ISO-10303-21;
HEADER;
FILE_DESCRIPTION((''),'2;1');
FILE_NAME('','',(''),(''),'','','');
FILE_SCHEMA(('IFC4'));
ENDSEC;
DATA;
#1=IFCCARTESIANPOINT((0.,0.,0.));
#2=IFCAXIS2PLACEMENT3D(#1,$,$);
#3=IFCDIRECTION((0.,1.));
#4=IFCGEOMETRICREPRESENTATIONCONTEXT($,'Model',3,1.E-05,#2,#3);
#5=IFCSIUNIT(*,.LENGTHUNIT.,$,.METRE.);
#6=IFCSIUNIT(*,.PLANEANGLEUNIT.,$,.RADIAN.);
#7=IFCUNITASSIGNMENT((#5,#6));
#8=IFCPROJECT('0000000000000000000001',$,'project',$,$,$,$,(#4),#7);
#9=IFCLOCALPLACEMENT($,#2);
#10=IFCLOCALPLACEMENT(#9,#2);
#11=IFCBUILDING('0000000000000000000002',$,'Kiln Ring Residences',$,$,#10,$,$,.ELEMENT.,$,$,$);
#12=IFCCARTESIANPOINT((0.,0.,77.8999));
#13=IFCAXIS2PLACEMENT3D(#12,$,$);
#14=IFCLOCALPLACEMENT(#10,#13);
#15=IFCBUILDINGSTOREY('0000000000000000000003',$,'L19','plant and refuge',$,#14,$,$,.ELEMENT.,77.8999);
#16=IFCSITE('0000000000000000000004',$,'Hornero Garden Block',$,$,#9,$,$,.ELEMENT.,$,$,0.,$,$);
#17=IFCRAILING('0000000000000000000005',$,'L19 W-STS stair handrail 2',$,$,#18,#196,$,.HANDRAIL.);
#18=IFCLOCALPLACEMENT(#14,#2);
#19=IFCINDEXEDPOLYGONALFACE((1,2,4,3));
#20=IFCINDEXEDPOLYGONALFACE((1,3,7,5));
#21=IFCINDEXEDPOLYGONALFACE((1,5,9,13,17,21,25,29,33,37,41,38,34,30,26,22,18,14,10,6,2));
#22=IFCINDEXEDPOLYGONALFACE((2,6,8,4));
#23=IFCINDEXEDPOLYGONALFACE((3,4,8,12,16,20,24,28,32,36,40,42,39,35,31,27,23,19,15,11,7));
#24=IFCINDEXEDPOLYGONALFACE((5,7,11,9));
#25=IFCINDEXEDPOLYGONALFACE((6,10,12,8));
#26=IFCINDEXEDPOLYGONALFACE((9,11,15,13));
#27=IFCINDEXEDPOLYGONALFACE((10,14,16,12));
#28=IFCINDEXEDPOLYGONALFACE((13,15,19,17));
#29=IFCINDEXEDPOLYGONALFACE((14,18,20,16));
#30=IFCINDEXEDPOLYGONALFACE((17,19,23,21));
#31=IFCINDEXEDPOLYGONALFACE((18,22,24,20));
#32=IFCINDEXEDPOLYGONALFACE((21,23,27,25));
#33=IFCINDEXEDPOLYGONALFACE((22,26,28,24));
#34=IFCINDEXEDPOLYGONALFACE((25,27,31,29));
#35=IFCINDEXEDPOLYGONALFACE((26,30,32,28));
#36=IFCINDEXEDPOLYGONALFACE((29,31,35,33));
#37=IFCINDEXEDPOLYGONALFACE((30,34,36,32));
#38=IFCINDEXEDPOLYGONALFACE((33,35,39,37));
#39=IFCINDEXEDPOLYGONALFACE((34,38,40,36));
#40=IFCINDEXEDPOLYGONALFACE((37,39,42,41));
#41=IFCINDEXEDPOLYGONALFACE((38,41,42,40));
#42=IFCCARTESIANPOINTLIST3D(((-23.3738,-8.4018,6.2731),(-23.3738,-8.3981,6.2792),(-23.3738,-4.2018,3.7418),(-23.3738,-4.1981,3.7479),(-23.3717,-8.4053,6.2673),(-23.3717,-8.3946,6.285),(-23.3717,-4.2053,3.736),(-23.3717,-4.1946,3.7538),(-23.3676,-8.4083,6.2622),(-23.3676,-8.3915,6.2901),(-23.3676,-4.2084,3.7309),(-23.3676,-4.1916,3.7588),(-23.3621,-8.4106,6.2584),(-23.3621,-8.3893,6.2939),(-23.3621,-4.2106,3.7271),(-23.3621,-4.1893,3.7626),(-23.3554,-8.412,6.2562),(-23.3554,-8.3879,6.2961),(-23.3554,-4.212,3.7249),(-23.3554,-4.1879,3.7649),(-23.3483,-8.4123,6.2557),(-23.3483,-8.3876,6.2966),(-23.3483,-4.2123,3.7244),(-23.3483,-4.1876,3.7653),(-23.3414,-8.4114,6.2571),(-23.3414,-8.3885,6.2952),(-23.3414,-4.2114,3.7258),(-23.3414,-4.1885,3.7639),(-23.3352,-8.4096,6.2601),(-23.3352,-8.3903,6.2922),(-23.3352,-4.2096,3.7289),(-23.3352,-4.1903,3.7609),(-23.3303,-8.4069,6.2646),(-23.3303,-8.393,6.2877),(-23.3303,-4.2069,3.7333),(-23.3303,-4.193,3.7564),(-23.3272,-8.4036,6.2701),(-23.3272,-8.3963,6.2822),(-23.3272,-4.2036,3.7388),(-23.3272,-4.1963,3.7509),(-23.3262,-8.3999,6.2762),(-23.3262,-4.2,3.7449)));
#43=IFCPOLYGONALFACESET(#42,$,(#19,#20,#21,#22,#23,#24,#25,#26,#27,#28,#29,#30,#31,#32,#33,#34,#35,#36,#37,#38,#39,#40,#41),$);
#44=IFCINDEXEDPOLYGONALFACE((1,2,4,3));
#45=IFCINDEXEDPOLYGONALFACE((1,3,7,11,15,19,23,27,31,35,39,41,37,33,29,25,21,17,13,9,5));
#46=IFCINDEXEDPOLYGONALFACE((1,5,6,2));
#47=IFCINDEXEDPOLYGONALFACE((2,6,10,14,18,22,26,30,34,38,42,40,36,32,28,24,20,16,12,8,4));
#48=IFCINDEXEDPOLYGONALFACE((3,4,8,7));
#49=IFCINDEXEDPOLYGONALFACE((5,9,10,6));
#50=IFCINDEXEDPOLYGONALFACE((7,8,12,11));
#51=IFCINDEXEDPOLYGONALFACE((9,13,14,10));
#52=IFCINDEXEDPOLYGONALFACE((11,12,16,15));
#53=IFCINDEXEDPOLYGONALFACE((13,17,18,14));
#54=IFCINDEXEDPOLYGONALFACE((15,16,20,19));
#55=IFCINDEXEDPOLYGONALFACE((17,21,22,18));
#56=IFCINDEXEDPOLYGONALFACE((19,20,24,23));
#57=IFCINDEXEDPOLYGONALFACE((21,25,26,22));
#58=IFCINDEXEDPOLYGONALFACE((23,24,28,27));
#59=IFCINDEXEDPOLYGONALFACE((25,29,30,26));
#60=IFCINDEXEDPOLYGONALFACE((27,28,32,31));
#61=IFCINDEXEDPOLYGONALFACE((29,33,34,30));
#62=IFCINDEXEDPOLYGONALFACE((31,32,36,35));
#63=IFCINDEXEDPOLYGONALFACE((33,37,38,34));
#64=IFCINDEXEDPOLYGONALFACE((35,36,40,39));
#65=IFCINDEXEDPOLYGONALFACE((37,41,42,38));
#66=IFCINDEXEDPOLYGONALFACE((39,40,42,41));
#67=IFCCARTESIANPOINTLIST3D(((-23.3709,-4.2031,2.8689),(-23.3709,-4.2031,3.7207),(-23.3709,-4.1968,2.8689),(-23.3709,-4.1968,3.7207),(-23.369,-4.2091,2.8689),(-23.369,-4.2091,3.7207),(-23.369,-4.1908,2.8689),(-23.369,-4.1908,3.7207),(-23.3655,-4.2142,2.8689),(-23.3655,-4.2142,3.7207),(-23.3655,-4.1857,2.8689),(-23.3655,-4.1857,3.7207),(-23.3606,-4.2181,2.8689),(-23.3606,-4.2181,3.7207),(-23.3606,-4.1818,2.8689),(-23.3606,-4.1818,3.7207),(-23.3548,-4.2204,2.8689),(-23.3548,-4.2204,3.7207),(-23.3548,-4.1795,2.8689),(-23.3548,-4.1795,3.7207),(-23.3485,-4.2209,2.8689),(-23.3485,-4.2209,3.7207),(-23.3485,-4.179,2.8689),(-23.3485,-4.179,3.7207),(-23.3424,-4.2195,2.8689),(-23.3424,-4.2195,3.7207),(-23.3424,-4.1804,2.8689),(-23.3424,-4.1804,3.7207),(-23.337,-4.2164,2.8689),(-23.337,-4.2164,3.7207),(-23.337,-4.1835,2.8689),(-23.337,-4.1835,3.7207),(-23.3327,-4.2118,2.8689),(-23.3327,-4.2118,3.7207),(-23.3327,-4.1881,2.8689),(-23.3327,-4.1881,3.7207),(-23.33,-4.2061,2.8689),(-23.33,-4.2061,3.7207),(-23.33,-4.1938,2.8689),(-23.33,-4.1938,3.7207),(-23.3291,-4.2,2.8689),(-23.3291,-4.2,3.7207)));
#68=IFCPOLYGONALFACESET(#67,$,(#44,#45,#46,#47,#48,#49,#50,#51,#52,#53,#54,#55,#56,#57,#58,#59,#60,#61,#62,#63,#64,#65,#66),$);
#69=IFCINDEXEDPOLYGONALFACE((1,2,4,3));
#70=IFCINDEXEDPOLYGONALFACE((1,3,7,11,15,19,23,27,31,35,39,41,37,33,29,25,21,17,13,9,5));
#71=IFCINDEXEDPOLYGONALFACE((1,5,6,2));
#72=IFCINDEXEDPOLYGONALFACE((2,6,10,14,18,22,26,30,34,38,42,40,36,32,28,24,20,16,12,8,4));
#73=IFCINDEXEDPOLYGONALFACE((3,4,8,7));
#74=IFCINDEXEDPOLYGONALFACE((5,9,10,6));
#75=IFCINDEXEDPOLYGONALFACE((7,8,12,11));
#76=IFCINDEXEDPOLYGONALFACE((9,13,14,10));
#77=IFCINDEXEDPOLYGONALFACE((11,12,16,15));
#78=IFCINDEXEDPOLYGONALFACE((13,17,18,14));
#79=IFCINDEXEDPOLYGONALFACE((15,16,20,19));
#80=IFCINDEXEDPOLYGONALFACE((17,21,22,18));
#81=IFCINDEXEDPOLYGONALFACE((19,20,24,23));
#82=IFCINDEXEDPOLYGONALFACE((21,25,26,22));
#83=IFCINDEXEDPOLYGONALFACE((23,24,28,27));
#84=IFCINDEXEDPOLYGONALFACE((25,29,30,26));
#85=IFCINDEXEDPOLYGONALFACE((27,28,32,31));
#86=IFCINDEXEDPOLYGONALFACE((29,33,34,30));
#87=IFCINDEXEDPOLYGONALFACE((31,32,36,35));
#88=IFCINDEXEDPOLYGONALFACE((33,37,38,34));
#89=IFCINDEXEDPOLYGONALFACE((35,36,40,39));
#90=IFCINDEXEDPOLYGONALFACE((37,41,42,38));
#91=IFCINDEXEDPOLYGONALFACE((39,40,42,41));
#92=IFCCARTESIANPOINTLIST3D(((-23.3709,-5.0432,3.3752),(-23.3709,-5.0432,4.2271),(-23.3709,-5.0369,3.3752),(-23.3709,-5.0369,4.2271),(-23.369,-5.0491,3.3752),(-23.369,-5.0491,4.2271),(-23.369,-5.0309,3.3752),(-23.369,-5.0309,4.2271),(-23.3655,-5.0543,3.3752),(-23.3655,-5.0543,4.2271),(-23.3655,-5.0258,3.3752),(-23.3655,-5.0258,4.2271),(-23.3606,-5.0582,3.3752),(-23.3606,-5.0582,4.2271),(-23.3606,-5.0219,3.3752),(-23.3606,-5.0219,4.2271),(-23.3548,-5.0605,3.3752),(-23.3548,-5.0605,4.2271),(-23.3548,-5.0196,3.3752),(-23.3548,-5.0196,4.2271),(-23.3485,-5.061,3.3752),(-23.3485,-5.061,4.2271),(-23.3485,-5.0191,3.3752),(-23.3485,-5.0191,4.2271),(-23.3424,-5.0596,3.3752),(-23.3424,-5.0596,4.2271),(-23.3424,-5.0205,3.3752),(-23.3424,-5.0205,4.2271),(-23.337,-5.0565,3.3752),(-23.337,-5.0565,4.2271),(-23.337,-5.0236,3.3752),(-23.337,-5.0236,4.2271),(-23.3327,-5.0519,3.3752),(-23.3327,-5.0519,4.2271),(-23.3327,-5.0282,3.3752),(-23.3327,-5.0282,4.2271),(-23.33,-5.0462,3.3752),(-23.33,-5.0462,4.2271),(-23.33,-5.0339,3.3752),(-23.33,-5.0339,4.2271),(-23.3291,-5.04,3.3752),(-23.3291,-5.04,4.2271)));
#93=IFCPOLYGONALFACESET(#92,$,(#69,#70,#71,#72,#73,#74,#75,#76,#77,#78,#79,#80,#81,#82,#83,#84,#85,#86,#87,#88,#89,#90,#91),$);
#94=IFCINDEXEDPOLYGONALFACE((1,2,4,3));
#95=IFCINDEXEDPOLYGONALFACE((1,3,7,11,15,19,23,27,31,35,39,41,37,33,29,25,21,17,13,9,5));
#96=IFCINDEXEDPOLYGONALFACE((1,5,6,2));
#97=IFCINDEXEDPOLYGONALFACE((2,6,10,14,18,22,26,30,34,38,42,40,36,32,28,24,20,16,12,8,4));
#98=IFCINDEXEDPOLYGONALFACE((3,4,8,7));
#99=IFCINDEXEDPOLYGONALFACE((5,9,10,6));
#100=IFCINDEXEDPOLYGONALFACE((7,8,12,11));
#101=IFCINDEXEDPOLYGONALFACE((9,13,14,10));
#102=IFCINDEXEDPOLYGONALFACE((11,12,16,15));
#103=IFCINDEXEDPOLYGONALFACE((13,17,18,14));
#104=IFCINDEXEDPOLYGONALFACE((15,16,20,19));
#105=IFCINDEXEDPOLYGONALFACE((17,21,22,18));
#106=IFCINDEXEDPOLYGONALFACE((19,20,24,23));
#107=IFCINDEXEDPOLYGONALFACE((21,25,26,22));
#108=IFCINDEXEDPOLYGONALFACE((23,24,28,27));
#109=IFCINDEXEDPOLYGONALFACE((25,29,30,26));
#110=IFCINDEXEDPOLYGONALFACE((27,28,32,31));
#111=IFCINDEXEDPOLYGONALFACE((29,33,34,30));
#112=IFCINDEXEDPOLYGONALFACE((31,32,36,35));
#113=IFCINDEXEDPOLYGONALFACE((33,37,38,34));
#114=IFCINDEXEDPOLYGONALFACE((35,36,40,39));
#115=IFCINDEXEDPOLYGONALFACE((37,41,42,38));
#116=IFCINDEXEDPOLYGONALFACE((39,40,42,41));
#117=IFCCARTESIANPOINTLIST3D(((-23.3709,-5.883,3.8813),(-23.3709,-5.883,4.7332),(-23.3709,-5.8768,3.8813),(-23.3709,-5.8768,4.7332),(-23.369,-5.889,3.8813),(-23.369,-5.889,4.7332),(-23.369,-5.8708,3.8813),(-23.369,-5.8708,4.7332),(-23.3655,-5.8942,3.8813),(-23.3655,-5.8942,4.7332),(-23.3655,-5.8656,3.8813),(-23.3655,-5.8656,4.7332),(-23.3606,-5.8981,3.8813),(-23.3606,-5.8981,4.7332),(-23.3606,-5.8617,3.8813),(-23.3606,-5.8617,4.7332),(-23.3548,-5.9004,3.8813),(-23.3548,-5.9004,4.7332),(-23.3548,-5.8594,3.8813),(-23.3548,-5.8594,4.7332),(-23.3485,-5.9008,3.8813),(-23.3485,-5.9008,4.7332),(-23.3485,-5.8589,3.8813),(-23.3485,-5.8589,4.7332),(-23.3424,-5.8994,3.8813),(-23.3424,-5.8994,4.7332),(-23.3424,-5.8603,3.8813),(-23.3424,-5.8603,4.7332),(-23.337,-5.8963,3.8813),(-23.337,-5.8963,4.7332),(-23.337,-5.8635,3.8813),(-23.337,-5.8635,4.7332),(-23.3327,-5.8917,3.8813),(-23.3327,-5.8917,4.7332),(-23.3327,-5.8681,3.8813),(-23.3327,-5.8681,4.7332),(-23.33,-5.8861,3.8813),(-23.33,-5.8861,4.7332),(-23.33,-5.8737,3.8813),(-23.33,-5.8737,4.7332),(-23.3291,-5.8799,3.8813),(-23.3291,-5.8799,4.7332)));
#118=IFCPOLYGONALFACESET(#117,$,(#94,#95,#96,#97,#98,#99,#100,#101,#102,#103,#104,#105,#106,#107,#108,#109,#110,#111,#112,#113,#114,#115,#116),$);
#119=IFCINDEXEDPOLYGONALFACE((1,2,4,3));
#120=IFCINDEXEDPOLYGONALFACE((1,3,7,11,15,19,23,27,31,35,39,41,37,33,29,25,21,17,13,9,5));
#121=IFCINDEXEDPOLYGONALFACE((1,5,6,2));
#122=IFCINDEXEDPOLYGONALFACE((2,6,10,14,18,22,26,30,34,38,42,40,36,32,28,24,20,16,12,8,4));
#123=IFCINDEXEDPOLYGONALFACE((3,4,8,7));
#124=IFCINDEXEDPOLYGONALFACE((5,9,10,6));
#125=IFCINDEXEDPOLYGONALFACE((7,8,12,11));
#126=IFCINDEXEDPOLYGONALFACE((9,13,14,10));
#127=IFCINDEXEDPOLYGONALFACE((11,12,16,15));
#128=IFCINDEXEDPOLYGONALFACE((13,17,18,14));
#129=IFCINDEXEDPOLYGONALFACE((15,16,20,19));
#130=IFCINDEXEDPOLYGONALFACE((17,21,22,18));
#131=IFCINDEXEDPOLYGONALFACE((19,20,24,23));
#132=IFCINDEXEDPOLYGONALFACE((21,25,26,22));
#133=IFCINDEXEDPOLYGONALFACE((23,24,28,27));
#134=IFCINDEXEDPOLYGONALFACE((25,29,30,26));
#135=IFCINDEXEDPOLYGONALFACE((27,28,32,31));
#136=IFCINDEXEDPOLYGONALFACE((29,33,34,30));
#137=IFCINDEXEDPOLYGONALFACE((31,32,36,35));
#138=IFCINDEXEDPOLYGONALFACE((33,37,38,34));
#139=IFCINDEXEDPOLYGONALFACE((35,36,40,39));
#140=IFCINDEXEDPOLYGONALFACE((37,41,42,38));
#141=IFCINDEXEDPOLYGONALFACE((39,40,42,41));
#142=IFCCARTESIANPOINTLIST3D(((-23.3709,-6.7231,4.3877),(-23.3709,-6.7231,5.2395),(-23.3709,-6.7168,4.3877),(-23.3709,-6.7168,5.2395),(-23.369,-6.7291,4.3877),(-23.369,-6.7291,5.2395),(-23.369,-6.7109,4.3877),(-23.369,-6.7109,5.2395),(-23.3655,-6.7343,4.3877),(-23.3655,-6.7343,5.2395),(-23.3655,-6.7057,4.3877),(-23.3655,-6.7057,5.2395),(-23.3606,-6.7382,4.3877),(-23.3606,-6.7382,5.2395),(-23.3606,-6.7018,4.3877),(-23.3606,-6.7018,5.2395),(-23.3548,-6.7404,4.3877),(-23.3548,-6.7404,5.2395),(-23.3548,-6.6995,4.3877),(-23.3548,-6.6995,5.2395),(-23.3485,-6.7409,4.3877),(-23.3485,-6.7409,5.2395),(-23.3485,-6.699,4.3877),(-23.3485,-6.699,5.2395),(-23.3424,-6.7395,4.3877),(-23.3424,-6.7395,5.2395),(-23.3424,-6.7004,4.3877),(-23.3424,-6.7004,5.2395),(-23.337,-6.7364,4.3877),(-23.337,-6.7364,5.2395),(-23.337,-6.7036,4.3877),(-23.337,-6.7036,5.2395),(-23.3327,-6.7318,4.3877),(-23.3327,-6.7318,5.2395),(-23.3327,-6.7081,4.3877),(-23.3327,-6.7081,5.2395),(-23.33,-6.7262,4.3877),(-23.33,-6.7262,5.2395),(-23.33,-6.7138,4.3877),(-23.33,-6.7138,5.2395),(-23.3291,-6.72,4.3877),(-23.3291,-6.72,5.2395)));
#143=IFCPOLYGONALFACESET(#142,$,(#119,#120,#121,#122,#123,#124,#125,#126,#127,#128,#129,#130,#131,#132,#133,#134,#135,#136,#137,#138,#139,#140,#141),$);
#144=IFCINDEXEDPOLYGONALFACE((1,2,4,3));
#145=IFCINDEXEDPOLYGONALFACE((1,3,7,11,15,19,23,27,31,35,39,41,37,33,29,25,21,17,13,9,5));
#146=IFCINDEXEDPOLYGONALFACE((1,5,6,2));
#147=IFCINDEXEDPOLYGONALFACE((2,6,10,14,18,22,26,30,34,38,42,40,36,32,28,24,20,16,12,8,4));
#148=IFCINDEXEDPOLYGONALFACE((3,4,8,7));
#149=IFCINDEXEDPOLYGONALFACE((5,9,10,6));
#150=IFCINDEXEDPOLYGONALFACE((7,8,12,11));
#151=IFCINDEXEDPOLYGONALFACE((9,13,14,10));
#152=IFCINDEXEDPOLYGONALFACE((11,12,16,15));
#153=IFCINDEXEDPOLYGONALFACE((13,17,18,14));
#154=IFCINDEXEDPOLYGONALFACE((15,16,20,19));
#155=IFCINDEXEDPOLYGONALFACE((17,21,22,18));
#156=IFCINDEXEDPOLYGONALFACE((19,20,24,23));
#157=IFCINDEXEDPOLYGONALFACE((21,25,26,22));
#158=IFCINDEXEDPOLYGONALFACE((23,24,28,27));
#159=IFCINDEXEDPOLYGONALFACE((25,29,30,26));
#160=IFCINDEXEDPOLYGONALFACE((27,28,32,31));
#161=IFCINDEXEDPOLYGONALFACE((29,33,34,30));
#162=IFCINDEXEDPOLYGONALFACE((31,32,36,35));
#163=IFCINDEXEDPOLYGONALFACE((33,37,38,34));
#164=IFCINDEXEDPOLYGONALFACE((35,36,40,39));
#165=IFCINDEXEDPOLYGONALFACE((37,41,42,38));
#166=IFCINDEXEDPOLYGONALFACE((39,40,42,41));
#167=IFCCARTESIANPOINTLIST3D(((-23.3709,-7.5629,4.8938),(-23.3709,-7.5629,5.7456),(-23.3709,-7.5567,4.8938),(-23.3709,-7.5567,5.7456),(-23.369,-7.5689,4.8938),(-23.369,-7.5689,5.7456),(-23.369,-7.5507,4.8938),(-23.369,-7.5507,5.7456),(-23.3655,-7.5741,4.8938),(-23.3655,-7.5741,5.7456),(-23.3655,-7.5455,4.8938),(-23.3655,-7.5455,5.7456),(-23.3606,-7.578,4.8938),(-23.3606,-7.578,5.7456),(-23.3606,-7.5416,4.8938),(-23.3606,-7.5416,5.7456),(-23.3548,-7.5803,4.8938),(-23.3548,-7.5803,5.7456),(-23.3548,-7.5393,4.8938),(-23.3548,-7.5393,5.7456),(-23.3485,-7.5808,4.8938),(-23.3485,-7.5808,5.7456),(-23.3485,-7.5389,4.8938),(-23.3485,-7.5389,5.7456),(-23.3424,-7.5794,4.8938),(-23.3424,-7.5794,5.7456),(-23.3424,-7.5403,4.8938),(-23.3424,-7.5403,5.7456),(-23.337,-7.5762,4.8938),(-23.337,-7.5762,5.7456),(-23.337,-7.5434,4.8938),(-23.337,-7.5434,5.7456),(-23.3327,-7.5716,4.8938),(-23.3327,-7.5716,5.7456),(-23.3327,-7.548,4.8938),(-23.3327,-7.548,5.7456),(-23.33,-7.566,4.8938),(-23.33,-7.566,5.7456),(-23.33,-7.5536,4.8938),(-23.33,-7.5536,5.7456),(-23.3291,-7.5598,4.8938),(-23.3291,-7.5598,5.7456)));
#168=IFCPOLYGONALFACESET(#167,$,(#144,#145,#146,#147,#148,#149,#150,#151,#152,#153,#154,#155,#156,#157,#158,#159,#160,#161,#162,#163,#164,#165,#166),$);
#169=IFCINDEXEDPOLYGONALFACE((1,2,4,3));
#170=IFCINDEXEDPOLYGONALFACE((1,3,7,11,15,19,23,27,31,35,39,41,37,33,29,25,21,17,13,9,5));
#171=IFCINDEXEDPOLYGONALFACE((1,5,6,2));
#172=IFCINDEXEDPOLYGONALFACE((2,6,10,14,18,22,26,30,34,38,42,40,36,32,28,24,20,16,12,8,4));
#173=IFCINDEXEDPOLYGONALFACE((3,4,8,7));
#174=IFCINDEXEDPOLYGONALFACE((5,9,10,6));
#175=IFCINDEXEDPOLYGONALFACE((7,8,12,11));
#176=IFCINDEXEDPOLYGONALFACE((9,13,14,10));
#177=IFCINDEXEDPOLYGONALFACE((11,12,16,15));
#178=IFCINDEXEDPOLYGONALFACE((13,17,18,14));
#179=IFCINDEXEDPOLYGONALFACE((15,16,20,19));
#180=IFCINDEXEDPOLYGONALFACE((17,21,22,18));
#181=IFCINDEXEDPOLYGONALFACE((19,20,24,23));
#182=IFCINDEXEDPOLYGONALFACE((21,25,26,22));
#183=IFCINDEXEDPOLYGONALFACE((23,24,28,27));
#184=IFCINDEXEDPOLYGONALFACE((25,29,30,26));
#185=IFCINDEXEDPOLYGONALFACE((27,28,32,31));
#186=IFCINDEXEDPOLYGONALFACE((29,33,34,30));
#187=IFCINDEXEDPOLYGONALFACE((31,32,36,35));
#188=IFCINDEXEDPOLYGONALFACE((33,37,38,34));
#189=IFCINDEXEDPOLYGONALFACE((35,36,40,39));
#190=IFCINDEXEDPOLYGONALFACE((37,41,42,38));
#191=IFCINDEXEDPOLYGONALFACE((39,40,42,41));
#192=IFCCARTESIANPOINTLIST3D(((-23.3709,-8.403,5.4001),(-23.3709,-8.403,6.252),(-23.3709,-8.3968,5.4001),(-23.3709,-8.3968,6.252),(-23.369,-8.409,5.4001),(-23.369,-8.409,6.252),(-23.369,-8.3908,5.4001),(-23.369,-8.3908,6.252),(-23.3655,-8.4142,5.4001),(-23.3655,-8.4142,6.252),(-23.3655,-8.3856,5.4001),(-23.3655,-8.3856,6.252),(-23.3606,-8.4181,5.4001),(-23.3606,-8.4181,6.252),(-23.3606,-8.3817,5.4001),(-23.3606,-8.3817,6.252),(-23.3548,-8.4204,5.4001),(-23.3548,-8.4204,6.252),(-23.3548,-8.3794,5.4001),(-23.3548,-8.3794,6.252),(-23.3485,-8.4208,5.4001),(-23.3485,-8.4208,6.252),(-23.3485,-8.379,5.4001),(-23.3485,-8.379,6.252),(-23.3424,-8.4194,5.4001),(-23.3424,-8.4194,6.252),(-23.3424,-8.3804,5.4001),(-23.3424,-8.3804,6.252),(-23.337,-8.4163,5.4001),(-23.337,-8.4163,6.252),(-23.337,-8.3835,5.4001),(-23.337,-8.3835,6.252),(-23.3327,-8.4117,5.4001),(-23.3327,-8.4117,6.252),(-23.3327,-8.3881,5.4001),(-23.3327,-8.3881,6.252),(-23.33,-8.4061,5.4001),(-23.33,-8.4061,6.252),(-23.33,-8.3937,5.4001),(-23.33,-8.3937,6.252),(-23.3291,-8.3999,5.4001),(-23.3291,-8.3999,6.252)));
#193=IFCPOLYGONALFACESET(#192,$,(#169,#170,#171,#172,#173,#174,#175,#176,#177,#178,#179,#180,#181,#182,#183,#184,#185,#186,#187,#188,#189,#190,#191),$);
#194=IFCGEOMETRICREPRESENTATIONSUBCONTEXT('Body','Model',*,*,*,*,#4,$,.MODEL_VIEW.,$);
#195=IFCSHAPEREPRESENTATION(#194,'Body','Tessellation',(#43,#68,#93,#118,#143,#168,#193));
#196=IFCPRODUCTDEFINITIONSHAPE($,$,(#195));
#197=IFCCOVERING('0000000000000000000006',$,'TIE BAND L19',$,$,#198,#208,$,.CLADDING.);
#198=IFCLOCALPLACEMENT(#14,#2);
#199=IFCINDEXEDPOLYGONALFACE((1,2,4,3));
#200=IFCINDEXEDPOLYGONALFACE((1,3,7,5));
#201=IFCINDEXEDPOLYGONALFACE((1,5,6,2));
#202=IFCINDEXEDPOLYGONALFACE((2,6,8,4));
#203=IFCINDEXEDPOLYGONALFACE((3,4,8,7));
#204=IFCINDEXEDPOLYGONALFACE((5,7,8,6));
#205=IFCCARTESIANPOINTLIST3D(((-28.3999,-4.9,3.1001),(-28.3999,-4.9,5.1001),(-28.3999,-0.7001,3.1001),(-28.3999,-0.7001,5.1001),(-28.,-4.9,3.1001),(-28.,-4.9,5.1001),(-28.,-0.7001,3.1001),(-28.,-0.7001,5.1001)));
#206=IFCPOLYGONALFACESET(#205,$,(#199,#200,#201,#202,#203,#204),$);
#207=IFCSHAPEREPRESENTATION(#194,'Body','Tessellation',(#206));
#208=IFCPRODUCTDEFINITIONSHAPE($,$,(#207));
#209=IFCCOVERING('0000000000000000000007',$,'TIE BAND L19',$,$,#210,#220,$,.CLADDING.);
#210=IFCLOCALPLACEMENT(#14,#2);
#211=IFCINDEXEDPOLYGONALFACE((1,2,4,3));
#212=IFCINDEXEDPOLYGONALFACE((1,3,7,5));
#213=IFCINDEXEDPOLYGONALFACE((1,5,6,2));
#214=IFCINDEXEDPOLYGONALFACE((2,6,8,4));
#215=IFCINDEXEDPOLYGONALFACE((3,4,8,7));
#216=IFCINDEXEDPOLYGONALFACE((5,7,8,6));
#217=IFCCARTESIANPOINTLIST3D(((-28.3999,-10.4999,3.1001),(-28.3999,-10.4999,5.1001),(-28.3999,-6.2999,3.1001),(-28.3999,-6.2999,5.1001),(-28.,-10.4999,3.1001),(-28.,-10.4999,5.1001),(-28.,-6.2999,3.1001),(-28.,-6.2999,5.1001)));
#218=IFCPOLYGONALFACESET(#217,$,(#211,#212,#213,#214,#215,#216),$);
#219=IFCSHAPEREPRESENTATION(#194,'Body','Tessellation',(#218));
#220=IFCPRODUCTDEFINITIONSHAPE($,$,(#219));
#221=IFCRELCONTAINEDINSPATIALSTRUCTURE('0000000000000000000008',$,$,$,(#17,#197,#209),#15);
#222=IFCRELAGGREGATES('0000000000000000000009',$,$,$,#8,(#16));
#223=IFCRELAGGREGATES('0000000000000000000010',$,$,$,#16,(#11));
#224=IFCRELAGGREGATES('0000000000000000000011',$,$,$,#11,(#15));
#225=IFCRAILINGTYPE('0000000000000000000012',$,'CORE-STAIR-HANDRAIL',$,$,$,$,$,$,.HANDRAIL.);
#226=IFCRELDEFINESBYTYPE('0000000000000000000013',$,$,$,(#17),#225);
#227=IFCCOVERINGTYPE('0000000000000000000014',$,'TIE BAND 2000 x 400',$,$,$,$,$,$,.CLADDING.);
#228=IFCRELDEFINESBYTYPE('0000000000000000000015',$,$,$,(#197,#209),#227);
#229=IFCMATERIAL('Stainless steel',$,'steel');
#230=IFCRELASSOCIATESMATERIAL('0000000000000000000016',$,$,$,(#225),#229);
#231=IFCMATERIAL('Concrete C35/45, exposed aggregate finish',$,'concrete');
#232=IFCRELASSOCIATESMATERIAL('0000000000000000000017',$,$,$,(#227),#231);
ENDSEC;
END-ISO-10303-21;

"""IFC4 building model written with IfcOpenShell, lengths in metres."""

from ifc_helpers import new_model, si_unit, direction, frame, origin, origin_2d, place, context, subcontext, project, spatial, rectangle, circle, extrude, material, type_object, element, save


model = new_model("IFC4")

# Units and contexts
model_context = context("Model", 3, precision=1e-05, world=origin(), true_north=direction((0.0, 1.0)))
body_context = subcontext(model_context, "Body", "Model", "MODEL_VIEW")
ifc_project = project(units=[si_unit("LENGTHUNIT", "METRE"), si_unit("PLANEANGLEUNIT", "RADIAN")], contexts=[model_context])

# Site, building, storey
site_placement = place(None, origin())
site = spatial("IfcSite", under=ifc_project, at=site_placement, Name="Hornero Garden Block", CompositionType="ELEMENT", RefElevation=0.0)
building_placement = place(site_placement, origin())
building = spatial("IfcBuilding", under=site, at=building_placement, Name="Kiln Ring Residences", CompositionType="ELEMENT")
storey_placement = place(building_placement, frame((0.0, 0.0, 77.8999)))
storey = spatial("IfcBuildingStorey", under=building, at=storey_placement, Name="L19", Description="plant and refuge", CompositionType="ELEMENT", Elevation=77.8999)

# Railing
ifc_material_1 = material(Name="Stainless steel", Category="steel")
railing_type_1 = type_object("IfcRailingType", Name="CORE-STAIR-HANDRAIL", PredefinedType="HANDRAIL", material=ifc_material_1)
railing_1_placement = place(storey_placement, frame((-23.3501, -4.2, 2.8689)))
element("IfcRailing", 1, at=railing_1_placement, inside=storey, type_object=railing_type_1, Name="L19 W-STS stair handrail 2", PredefinedType="HANDRAIL", context=body_context, shape_type="SweptSolid", body=[
    extrude(circle(Radius=0.0239, at=origin_2d()), frame((0.0, 0.0, 0.876), z_axis=(0.0, -0.856476, 0.516186), x_axis=(1.0, 0.0, 0.0)), (0.0, 0.0, 1.0), 4.9038),
    extrude(circle(Radius=0.021, at=origin_2d()), origin(), (0.0, 0.0, 1.0), 0.8518),
    extrude(circle(Radius=0.021, at=origin_2d()), frame((0.0, -0.8401, 0.5063)), (0.0, 0.0, 1.0), 0.8518),
    extrude(circle(Radius=0.021, at=origin_2d()), frame((0.0, -1.6799, 1.0125)), (0.0, 0.0, 1.0), 0.8518),
    extrude(circle(Radius=0.021, at=origin_2d()), frame((0.0, -2.52, 1.5188)), (0.0, 0.0, 1.0), 0.8518),
    extrude(circle(Radius=0.021, at=origin_2d()), frame((0.0, -3.3599, 2.0249)), (0.0, 0.0, 1.0), 0.8518),
    extrude(circle(Radius=0.021, at=origin_2d()), frame((0.0, -4.2, 2.5312)), (0.0, 0.0, 1.0), 0.8518),
])

# Coverings
ifc_material_2 = material(Name="Concrete C35/45, exposed aggregate finish", Category="concrete")
covering_type = type_object("IfcCoveringType", Name="TIE BAND 2000 x 400", PredefinedType="CLADDING", material=ifc_material_2)
for number, where, z_axis, x_axis, name in (
    (2, (-28.2, -2.8, 3.1001), (0.0, 0.0, 1.0), (0.0, -1.0, 0.0), "TIE BAND L19"),
    (3, (-28.2, -8.3999, 3.1001), (0.0, 0.0, 1.0), (0.0, -1.0, 0.0), "TIE BAND L19"),
):
    element("IfcCovering", number, at=place(storey_placement, frame(where, z_axis=z_axis, x_axis=x_axis)), inside=storey, type_object=covering_type, Name=name, PredefinedType="CLADDING", context=body_context, shape_type="SweptSolid", body=[
        extrude(rectangle(XDim=4.2, YDim=0.3999, at=origin_2d()), origin(), (0.0, 0.0, 1.0), 2.0),
    ])

save(model, "model.ifc")
